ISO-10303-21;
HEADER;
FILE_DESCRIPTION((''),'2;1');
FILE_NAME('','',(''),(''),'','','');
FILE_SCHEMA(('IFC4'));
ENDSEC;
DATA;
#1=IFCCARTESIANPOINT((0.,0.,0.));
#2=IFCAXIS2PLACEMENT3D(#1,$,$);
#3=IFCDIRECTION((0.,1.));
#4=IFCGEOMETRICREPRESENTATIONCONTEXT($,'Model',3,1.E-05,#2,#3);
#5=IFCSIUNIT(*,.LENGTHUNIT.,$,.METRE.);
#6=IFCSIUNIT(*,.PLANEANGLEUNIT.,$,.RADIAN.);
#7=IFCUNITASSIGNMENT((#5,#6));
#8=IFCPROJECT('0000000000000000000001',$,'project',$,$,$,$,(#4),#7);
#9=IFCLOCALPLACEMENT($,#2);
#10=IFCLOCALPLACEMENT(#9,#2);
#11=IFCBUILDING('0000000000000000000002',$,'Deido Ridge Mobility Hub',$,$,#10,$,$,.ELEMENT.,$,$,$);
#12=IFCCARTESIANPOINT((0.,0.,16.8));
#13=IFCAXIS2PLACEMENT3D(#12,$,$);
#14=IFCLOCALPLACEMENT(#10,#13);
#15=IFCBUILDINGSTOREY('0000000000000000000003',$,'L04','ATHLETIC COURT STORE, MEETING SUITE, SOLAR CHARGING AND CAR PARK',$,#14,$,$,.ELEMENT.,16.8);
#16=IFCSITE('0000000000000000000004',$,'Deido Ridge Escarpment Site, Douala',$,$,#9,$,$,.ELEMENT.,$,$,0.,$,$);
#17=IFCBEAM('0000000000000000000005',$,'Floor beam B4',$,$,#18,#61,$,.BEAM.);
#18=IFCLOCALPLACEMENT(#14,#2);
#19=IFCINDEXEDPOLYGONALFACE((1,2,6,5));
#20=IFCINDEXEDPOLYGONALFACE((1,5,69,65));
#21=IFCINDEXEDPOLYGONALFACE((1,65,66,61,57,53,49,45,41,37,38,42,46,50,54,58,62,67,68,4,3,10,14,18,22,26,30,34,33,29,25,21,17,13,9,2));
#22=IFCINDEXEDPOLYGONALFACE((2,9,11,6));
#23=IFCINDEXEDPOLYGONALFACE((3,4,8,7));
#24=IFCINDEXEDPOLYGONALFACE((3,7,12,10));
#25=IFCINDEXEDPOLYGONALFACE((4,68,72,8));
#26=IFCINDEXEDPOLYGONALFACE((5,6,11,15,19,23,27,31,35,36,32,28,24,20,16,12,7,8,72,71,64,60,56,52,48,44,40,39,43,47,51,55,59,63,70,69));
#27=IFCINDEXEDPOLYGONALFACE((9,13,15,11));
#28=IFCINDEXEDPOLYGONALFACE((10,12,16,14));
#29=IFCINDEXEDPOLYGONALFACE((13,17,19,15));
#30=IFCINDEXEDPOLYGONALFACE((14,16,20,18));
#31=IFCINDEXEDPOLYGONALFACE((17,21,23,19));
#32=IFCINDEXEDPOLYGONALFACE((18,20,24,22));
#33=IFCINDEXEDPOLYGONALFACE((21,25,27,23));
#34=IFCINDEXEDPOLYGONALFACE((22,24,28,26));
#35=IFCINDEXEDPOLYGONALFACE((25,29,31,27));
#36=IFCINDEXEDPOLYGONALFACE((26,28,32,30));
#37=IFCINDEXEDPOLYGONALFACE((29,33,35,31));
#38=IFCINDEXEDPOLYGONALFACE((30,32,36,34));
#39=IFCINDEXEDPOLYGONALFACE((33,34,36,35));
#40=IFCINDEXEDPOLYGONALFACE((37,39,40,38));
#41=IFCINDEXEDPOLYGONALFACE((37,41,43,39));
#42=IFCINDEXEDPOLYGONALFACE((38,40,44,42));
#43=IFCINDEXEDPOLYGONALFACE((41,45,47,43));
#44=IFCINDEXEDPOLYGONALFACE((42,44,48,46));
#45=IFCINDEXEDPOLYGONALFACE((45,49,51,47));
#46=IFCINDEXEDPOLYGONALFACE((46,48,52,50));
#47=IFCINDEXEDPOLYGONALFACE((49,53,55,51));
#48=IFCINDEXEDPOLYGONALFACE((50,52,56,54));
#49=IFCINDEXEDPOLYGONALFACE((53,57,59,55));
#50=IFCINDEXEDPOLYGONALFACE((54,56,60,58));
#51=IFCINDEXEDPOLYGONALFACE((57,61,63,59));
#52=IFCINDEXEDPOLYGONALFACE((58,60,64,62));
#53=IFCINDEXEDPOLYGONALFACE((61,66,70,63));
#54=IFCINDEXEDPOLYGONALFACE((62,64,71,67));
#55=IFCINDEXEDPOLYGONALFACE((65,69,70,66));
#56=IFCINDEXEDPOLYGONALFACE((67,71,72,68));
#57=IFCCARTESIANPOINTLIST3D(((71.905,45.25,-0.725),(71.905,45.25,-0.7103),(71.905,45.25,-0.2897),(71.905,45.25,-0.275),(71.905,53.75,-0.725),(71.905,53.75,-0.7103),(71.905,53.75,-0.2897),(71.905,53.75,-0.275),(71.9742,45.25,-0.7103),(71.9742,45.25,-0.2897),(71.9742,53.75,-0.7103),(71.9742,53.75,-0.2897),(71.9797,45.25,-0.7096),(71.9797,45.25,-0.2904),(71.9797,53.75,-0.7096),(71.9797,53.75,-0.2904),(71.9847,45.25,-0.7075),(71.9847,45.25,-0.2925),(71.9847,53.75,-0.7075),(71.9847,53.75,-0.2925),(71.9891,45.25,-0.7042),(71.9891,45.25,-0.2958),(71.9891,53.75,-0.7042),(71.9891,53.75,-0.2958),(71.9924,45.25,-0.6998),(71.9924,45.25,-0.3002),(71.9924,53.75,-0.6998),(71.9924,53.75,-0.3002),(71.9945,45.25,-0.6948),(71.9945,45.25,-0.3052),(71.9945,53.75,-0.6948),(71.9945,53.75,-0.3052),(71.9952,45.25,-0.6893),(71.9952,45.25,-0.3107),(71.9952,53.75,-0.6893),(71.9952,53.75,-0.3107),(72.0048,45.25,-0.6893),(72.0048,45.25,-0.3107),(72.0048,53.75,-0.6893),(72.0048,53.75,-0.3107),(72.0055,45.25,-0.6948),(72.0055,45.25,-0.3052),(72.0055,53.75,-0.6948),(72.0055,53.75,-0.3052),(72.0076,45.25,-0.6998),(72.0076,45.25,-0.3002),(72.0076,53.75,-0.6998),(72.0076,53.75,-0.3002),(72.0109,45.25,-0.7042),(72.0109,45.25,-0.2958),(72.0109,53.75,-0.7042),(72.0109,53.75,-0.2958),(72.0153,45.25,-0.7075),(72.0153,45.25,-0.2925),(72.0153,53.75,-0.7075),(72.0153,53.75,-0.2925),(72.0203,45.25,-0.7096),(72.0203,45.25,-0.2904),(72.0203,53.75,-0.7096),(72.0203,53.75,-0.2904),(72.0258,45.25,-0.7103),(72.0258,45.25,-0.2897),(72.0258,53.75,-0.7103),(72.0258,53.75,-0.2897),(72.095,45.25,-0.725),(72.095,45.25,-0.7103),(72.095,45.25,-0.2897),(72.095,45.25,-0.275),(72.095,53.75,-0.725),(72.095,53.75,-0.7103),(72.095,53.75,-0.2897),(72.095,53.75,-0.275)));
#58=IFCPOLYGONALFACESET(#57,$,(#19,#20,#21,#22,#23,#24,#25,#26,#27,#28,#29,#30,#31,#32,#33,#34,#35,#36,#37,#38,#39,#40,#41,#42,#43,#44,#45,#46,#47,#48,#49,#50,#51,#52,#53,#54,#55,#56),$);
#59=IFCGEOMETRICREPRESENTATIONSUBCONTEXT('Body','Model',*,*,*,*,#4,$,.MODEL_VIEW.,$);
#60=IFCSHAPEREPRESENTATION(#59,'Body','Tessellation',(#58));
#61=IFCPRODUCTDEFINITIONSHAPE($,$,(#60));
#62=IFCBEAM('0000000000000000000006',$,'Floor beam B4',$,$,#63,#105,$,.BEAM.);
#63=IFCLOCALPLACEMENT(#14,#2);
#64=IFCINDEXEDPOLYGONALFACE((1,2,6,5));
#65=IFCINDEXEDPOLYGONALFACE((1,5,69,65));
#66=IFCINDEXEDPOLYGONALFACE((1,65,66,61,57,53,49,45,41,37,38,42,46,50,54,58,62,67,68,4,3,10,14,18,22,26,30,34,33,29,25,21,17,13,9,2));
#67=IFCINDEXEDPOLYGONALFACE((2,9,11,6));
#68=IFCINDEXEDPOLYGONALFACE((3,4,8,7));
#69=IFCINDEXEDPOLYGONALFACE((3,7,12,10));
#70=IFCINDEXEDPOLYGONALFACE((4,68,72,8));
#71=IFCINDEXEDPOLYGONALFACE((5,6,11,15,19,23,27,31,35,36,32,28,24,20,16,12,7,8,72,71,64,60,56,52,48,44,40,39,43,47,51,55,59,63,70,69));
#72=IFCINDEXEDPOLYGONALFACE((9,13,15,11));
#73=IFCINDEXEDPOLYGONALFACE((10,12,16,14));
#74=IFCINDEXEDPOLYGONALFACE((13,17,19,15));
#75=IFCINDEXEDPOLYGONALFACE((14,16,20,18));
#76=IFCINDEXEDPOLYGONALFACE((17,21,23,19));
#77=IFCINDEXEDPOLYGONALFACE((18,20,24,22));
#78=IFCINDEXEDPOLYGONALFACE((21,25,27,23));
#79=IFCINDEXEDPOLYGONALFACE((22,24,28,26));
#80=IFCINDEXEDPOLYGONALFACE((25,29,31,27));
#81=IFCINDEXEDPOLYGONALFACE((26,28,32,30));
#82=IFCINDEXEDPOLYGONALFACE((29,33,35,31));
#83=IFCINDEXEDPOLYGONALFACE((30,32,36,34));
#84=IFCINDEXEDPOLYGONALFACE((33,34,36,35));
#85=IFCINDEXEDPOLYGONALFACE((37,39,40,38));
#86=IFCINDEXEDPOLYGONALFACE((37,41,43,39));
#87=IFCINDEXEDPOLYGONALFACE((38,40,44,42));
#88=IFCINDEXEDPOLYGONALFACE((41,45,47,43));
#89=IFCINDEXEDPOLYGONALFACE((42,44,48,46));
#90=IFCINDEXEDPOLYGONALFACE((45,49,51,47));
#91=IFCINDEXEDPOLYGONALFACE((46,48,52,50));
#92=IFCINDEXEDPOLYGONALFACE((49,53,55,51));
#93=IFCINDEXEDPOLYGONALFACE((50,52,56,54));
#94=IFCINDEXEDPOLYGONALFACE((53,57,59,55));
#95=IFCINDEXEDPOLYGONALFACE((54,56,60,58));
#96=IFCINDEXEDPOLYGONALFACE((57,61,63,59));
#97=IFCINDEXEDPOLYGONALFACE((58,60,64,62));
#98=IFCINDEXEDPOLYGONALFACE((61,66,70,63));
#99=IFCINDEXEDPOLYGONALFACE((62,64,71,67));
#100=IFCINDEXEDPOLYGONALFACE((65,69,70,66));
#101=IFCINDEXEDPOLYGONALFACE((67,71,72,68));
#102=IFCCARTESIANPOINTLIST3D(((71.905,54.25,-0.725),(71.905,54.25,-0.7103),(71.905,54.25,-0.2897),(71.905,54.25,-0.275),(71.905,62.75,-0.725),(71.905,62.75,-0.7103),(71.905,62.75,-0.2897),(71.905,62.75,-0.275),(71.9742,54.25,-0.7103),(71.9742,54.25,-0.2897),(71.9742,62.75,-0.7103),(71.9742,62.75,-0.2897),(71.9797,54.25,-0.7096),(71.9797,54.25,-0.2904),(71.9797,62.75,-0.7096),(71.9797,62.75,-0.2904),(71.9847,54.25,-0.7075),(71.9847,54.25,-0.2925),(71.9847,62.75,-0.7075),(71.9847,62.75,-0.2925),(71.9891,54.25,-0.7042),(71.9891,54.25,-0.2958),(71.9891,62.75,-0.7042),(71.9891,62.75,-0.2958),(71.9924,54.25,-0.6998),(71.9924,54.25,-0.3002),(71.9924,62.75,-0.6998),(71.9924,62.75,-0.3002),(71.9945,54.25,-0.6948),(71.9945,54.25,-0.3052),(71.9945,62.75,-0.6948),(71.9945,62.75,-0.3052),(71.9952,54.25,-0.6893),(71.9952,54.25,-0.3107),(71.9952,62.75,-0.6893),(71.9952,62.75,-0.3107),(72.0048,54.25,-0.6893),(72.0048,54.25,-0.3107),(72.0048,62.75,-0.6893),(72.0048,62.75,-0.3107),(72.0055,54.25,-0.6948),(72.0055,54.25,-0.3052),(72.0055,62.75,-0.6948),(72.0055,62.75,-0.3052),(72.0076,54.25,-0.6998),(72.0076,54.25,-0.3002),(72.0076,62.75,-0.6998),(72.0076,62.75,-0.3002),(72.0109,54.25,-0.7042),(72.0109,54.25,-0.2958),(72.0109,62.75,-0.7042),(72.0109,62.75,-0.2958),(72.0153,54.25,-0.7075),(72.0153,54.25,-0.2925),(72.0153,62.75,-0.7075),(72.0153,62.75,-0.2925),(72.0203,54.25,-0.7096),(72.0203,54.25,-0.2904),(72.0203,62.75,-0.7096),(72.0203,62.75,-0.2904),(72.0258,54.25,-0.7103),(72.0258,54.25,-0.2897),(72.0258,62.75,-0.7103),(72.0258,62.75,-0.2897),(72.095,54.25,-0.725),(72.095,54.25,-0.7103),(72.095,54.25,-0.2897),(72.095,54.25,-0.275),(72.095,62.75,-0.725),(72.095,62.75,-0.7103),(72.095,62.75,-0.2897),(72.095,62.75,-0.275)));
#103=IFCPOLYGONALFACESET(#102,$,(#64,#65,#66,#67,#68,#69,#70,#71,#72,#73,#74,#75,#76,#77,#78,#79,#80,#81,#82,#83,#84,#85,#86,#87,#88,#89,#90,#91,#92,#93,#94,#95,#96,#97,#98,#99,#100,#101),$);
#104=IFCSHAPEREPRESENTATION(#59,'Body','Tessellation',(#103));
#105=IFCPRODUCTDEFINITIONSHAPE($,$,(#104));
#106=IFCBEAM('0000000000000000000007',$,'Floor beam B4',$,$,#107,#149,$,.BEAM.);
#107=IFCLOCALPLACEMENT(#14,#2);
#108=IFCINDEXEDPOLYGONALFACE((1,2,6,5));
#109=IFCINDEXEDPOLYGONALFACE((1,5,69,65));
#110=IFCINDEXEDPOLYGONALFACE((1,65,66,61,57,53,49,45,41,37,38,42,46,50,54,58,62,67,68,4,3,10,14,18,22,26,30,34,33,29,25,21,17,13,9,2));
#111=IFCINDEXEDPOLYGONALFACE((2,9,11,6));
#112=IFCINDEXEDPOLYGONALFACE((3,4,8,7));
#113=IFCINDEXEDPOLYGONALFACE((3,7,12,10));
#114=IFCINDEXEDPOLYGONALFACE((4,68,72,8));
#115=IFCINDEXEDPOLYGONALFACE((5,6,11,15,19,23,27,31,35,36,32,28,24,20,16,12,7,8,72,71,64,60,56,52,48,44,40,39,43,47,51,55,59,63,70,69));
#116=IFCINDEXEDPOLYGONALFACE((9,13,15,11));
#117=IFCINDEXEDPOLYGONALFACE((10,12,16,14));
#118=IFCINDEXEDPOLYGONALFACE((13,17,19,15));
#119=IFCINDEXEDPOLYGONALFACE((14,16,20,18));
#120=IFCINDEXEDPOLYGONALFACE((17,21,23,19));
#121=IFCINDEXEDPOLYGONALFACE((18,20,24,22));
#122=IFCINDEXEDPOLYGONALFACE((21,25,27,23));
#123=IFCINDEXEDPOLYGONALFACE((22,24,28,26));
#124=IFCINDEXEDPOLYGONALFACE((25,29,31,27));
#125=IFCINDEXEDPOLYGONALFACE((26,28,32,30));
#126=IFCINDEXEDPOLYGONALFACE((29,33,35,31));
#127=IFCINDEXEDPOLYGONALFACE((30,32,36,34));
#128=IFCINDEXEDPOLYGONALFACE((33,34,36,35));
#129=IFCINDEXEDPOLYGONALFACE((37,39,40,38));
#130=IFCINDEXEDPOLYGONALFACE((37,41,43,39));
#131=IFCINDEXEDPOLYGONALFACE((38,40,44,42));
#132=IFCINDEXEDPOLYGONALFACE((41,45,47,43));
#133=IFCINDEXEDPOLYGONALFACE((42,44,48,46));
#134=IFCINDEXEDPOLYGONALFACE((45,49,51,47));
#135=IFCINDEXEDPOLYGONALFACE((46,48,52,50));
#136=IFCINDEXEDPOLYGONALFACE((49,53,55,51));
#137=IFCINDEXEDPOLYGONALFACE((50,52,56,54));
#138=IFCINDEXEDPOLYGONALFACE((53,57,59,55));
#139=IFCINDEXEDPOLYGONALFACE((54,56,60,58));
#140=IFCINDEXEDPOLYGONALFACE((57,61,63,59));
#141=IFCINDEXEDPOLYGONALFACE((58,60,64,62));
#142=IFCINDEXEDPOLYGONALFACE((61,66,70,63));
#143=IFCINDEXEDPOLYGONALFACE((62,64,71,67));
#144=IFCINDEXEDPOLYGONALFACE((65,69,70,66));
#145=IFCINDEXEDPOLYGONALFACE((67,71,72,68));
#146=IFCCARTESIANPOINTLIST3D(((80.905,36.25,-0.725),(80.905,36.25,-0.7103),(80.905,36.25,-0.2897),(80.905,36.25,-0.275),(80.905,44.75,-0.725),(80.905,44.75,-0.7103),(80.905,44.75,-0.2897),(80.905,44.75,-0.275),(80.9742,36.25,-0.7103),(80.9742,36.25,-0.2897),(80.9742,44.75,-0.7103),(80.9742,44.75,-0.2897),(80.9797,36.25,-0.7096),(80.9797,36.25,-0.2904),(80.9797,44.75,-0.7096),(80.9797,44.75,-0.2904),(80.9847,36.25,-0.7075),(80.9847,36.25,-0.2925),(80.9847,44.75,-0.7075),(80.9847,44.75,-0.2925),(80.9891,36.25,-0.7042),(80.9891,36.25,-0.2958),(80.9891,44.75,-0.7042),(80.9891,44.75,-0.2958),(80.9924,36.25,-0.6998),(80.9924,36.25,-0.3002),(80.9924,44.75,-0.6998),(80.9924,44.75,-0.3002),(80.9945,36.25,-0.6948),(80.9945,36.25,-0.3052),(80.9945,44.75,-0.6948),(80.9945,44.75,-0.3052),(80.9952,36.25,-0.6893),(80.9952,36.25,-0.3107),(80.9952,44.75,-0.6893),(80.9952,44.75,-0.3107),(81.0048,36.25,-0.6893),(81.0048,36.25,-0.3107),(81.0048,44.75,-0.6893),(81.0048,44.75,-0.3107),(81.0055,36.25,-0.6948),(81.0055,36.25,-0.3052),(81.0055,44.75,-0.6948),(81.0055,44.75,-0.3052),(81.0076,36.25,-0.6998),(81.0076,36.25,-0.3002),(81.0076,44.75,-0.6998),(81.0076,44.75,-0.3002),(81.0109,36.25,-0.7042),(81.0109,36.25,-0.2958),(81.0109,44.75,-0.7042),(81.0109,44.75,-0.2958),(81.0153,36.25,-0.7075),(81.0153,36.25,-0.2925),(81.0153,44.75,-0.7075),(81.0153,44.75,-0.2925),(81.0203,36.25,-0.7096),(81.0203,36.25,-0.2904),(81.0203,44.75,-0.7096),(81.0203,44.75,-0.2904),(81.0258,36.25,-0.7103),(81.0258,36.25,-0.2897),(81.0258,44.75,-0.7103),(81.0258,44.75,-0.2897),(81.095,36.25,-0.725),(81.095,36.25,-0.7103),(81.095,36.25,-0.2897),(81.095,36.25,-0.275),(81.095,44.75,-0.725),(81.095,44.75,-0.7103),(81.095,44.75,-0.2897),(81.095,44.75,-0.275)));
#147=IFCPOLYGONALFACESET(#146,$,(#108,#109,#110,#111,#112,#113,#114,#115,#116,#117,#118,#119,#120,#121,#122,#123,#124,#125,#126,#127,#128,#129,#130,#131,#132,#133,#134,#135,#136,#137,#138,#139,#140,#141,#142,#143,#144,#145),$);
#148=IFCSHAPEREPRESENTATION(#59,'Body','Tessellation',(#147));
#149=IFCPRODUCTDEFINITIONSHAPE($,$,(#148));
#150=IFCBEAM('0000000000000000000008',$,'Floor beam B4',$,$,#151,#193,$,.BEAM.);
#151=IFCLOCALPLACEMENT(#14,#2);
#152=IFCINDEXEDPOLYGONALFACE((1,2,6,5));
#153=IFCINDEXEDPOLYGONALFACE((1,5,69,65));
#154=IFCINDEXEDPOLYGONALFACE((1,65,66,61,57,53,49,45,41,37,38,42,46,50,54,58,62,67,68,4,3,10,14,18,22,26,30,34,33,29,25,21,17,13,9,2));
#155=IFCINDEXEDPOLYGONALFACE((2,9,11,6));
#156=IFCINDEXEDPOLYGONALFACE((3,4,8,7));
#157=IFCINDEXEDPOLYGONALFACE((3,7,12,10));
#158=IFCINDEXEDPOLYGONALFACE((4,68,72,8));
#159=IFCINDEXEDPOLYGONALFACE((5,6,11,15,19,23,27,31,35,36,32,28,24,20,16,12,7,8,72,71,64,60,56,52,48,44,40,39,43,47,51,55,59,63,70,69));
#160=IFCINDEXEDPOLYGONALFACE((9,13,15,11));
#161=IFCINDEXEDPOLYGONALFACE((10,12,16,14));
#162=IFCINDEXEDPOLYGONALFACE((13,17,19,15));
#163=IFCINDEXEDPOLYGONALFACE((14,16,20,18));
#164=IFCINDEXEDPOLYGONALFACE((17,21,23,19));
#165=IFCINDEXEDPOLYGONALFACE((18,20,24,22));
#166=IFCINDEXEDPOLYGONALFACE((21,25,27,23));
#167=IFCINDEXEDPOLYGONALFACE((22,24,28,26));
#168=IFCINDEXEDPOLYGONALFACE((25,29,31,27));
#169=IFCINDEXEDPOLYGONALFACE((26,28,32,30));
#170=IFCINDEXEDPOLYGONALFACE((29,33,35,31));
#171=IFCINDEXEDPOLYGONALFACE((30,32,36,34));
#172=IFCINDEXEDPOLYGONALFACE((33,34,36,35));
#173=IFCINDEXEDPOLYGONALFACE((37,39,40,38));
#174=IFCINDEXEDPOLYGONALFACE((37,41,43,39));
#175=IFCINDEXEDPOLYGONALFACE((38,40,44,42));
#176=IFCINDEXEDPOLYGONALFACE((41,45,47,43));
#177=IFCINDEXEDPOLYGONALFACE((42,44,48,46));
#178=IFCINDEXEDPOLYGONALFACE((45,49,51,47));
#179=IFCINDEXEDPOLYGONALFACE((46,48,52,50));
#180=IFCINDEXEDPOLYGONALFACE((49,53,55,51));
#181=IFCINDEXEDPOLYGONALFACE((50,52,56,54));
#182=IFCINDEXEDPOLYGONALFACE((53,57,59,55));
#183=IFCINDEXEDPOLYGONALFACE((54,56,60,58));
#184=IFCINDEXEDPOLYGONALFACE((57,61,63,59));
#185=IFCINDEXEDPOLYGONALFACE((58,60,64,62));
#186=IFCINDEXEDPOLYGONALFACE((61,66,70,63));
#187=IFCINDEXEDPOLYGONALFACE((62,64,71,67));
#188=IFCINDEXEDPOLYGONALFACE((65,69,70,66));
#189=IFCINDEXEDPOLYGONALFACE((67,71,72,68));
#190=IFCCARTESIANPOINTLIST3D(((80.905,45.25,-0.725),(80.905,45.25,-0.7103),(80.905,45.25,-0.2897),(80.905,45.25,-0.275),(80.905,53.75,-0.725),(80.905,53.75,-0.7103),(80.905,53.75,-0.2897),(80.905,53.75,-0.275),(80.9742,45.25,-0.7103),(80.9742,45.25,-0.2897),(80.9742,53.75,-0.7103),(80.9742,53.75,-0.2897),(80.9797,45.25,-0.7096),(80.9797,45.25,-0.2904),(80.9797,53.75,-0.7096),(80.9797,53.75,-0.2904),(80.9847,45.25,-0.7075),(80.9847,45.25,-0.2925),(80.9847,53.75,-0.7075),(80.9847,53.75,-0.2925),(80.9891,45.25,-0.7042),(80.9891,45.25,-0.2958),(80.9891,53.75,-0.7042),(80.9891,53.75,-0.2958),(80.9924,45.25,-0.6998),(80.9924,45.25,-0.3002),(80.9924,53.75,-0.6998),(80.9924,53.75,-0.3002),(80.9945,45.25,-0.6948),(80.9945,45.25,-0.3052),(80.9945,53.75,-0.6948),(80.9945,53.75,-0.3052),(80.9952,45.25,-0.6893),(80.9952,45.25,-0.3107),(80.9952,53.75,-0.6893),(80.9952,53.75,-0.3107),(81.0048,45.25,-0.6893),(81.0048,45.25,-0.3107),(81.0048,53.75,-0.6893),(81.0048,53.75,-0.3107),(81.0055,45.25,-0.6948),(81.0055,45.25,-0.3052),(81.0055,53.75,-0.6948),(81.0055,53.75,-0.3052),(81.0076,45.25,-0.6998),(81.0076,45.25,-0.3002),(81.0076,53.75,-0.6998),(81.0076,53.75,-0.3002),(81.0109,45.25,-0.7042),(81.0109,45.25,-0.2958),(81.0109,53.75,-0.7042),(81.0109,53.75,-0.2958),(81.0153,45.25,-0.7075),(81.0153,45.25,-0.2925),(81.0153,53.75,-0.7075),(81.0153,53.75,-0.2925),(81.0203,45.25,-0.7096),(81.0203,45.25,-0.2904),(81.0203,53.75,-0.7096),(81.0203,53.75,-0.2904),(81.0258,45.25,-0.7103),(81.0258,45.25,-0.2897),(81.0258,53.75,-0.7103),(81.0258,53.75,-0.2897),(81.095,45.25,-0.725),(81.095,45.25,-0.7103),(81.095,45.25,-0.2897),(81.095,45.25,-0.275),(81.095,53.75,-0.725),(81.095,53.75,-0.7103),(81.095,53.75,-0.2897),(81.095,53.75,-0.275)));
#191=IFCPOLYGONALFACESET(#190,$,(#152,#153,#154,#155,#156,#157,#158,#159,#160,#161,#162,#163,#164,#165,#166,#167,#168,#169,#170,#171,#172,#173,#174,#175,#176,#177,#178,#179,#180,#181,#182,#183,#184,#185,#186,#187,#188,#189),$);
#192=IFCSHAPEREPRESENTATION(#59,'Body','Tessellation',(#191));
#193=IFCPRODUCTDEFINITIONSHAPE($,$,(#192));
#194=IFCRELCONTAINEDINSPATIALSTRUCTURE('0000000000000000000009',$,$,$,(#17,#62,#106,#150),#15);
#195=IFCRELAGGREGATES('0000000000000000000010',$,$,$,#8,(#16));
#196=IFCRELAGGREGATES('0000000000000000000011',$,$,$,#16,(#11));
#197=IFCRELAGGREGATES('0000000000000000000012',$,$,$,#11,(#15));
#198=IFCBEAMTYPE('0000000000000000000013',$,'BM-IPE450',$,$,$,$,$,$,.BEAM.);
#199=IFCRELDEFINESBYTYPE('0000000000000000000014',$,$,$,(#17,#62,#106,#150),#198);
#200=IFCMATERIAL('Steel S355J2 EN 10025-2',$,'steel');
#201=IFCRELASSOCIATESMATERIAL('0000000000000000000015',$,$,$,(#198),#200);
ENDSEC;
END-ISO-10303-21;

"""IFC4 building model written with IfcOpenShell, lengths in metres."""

from ifc_helpers import new_model, si_unit, direction, frame, origin, origin_2d, place, context, subcontext, project, spatial, i_section, extrude, material, material_profile, profile_set, type_object, element, save


model = new_model("IFC4")

# Units and contexts
model_context = context("Model", 3, precision=1e-05, world=origin(), true_north=direction((0.0, 1.0)))
body_context = subcontext(model_context, "Body", "Model", "MODEL_VIEW")
ifc_project = project(units=[si_unit("LENGTHUNIT", "METRE"), si_unit("PLANEANGLEUNIT", "RADIAN")], contexts=[model_context])

# Site, building, storey
site_placement = place(None, origin())
site = spatial("IfcSite", under=ifc_project, at=site_placement, Name="Deido Ridge Escarpment Site, Douala", CompositionType="ELEMENT", RefElevation=0.0)
building_placement = place(site_placement, origin())
building = spatial("IfcBuilding", under=site, at=building_placement, Name="Deido Ridge Mobility Hub", CompositionType="ELEMENT")
storey_placement = place(building_placement, frame((0.0, 0.0, 16.8)))
storey = spatial("IfcBuildingStorey", under=building, at=storey_placement, Name="L04", Description="ATHLETIC COURT STORE, MEETING SUITE, SOLAR CHARGING AND CAR PARK", CompositionType="ELEMENT", Elevation=16.8)

# Shared definitions
ifc_material_1 = material(Name="Steel S355J2 EN 10025-2", Category="steel")

# Beams
ifc_material_profile_1 = material_profile(ifc_material_1, i_section(OverallWidth=0.1899, OverallDepth=0.45, WebThickness=0.0095, FlangeThickness=0.0146, FilletRadius=0.021, at=origin_2d()), Name="IPE 450")
ifc_profile_set_1 = profile_set([ifc_material_profile_1], Name="Steel S355J2 EN 10025-2")
beam_type_1 = type_object("IfcBeamType", Name="BM-IPE450", PredefinedType="BEAM", material=ifc_profile_set_1)
for number, where, z_axis, x_axis, name in (
    (1, (72.0, 45.25, -0.5), (0.0, 1.0, 0.0), (-1.0, 0.0, 0.0), "Floor beam B4"),
    (2, (72.0, 54.25, -0.5), (0.0, 1.0, 0.0), (-1.0, 0.0, 0.0), "Floor beam B4"),
    (3, (81.0, 36.25, -0.5), (0.0, 1.0, 0.0), (-1.0, 0.0, 0.0), "Floor beam B4"),
    (4, (81.0, 45.25, -0.5), (0.0, 1.0, 0.0), (-1.0, 0.0, 0.0), "Floor beam B4"),
):
    element("IfcBeam", number, at=place(storey_placement, frame(where, z_axis=z_axis, x_axis=x_axis)), inside=storey, type_object=beam_type_1, Name=name, PredefinedType="BEAM", context=body_context, shape_type="SweptSolid", body=[
        extrude(i_section(OverallWidth=0.1899, OverallDepth=0.45, WebThickness=0.0095, FlangeThickness=0.0146, FilletRadius=0.021, at=origin_2d()), origin(), (0.0, 0.0, 1.0), 8.5),
    ])

save(model, "model.ifc")
